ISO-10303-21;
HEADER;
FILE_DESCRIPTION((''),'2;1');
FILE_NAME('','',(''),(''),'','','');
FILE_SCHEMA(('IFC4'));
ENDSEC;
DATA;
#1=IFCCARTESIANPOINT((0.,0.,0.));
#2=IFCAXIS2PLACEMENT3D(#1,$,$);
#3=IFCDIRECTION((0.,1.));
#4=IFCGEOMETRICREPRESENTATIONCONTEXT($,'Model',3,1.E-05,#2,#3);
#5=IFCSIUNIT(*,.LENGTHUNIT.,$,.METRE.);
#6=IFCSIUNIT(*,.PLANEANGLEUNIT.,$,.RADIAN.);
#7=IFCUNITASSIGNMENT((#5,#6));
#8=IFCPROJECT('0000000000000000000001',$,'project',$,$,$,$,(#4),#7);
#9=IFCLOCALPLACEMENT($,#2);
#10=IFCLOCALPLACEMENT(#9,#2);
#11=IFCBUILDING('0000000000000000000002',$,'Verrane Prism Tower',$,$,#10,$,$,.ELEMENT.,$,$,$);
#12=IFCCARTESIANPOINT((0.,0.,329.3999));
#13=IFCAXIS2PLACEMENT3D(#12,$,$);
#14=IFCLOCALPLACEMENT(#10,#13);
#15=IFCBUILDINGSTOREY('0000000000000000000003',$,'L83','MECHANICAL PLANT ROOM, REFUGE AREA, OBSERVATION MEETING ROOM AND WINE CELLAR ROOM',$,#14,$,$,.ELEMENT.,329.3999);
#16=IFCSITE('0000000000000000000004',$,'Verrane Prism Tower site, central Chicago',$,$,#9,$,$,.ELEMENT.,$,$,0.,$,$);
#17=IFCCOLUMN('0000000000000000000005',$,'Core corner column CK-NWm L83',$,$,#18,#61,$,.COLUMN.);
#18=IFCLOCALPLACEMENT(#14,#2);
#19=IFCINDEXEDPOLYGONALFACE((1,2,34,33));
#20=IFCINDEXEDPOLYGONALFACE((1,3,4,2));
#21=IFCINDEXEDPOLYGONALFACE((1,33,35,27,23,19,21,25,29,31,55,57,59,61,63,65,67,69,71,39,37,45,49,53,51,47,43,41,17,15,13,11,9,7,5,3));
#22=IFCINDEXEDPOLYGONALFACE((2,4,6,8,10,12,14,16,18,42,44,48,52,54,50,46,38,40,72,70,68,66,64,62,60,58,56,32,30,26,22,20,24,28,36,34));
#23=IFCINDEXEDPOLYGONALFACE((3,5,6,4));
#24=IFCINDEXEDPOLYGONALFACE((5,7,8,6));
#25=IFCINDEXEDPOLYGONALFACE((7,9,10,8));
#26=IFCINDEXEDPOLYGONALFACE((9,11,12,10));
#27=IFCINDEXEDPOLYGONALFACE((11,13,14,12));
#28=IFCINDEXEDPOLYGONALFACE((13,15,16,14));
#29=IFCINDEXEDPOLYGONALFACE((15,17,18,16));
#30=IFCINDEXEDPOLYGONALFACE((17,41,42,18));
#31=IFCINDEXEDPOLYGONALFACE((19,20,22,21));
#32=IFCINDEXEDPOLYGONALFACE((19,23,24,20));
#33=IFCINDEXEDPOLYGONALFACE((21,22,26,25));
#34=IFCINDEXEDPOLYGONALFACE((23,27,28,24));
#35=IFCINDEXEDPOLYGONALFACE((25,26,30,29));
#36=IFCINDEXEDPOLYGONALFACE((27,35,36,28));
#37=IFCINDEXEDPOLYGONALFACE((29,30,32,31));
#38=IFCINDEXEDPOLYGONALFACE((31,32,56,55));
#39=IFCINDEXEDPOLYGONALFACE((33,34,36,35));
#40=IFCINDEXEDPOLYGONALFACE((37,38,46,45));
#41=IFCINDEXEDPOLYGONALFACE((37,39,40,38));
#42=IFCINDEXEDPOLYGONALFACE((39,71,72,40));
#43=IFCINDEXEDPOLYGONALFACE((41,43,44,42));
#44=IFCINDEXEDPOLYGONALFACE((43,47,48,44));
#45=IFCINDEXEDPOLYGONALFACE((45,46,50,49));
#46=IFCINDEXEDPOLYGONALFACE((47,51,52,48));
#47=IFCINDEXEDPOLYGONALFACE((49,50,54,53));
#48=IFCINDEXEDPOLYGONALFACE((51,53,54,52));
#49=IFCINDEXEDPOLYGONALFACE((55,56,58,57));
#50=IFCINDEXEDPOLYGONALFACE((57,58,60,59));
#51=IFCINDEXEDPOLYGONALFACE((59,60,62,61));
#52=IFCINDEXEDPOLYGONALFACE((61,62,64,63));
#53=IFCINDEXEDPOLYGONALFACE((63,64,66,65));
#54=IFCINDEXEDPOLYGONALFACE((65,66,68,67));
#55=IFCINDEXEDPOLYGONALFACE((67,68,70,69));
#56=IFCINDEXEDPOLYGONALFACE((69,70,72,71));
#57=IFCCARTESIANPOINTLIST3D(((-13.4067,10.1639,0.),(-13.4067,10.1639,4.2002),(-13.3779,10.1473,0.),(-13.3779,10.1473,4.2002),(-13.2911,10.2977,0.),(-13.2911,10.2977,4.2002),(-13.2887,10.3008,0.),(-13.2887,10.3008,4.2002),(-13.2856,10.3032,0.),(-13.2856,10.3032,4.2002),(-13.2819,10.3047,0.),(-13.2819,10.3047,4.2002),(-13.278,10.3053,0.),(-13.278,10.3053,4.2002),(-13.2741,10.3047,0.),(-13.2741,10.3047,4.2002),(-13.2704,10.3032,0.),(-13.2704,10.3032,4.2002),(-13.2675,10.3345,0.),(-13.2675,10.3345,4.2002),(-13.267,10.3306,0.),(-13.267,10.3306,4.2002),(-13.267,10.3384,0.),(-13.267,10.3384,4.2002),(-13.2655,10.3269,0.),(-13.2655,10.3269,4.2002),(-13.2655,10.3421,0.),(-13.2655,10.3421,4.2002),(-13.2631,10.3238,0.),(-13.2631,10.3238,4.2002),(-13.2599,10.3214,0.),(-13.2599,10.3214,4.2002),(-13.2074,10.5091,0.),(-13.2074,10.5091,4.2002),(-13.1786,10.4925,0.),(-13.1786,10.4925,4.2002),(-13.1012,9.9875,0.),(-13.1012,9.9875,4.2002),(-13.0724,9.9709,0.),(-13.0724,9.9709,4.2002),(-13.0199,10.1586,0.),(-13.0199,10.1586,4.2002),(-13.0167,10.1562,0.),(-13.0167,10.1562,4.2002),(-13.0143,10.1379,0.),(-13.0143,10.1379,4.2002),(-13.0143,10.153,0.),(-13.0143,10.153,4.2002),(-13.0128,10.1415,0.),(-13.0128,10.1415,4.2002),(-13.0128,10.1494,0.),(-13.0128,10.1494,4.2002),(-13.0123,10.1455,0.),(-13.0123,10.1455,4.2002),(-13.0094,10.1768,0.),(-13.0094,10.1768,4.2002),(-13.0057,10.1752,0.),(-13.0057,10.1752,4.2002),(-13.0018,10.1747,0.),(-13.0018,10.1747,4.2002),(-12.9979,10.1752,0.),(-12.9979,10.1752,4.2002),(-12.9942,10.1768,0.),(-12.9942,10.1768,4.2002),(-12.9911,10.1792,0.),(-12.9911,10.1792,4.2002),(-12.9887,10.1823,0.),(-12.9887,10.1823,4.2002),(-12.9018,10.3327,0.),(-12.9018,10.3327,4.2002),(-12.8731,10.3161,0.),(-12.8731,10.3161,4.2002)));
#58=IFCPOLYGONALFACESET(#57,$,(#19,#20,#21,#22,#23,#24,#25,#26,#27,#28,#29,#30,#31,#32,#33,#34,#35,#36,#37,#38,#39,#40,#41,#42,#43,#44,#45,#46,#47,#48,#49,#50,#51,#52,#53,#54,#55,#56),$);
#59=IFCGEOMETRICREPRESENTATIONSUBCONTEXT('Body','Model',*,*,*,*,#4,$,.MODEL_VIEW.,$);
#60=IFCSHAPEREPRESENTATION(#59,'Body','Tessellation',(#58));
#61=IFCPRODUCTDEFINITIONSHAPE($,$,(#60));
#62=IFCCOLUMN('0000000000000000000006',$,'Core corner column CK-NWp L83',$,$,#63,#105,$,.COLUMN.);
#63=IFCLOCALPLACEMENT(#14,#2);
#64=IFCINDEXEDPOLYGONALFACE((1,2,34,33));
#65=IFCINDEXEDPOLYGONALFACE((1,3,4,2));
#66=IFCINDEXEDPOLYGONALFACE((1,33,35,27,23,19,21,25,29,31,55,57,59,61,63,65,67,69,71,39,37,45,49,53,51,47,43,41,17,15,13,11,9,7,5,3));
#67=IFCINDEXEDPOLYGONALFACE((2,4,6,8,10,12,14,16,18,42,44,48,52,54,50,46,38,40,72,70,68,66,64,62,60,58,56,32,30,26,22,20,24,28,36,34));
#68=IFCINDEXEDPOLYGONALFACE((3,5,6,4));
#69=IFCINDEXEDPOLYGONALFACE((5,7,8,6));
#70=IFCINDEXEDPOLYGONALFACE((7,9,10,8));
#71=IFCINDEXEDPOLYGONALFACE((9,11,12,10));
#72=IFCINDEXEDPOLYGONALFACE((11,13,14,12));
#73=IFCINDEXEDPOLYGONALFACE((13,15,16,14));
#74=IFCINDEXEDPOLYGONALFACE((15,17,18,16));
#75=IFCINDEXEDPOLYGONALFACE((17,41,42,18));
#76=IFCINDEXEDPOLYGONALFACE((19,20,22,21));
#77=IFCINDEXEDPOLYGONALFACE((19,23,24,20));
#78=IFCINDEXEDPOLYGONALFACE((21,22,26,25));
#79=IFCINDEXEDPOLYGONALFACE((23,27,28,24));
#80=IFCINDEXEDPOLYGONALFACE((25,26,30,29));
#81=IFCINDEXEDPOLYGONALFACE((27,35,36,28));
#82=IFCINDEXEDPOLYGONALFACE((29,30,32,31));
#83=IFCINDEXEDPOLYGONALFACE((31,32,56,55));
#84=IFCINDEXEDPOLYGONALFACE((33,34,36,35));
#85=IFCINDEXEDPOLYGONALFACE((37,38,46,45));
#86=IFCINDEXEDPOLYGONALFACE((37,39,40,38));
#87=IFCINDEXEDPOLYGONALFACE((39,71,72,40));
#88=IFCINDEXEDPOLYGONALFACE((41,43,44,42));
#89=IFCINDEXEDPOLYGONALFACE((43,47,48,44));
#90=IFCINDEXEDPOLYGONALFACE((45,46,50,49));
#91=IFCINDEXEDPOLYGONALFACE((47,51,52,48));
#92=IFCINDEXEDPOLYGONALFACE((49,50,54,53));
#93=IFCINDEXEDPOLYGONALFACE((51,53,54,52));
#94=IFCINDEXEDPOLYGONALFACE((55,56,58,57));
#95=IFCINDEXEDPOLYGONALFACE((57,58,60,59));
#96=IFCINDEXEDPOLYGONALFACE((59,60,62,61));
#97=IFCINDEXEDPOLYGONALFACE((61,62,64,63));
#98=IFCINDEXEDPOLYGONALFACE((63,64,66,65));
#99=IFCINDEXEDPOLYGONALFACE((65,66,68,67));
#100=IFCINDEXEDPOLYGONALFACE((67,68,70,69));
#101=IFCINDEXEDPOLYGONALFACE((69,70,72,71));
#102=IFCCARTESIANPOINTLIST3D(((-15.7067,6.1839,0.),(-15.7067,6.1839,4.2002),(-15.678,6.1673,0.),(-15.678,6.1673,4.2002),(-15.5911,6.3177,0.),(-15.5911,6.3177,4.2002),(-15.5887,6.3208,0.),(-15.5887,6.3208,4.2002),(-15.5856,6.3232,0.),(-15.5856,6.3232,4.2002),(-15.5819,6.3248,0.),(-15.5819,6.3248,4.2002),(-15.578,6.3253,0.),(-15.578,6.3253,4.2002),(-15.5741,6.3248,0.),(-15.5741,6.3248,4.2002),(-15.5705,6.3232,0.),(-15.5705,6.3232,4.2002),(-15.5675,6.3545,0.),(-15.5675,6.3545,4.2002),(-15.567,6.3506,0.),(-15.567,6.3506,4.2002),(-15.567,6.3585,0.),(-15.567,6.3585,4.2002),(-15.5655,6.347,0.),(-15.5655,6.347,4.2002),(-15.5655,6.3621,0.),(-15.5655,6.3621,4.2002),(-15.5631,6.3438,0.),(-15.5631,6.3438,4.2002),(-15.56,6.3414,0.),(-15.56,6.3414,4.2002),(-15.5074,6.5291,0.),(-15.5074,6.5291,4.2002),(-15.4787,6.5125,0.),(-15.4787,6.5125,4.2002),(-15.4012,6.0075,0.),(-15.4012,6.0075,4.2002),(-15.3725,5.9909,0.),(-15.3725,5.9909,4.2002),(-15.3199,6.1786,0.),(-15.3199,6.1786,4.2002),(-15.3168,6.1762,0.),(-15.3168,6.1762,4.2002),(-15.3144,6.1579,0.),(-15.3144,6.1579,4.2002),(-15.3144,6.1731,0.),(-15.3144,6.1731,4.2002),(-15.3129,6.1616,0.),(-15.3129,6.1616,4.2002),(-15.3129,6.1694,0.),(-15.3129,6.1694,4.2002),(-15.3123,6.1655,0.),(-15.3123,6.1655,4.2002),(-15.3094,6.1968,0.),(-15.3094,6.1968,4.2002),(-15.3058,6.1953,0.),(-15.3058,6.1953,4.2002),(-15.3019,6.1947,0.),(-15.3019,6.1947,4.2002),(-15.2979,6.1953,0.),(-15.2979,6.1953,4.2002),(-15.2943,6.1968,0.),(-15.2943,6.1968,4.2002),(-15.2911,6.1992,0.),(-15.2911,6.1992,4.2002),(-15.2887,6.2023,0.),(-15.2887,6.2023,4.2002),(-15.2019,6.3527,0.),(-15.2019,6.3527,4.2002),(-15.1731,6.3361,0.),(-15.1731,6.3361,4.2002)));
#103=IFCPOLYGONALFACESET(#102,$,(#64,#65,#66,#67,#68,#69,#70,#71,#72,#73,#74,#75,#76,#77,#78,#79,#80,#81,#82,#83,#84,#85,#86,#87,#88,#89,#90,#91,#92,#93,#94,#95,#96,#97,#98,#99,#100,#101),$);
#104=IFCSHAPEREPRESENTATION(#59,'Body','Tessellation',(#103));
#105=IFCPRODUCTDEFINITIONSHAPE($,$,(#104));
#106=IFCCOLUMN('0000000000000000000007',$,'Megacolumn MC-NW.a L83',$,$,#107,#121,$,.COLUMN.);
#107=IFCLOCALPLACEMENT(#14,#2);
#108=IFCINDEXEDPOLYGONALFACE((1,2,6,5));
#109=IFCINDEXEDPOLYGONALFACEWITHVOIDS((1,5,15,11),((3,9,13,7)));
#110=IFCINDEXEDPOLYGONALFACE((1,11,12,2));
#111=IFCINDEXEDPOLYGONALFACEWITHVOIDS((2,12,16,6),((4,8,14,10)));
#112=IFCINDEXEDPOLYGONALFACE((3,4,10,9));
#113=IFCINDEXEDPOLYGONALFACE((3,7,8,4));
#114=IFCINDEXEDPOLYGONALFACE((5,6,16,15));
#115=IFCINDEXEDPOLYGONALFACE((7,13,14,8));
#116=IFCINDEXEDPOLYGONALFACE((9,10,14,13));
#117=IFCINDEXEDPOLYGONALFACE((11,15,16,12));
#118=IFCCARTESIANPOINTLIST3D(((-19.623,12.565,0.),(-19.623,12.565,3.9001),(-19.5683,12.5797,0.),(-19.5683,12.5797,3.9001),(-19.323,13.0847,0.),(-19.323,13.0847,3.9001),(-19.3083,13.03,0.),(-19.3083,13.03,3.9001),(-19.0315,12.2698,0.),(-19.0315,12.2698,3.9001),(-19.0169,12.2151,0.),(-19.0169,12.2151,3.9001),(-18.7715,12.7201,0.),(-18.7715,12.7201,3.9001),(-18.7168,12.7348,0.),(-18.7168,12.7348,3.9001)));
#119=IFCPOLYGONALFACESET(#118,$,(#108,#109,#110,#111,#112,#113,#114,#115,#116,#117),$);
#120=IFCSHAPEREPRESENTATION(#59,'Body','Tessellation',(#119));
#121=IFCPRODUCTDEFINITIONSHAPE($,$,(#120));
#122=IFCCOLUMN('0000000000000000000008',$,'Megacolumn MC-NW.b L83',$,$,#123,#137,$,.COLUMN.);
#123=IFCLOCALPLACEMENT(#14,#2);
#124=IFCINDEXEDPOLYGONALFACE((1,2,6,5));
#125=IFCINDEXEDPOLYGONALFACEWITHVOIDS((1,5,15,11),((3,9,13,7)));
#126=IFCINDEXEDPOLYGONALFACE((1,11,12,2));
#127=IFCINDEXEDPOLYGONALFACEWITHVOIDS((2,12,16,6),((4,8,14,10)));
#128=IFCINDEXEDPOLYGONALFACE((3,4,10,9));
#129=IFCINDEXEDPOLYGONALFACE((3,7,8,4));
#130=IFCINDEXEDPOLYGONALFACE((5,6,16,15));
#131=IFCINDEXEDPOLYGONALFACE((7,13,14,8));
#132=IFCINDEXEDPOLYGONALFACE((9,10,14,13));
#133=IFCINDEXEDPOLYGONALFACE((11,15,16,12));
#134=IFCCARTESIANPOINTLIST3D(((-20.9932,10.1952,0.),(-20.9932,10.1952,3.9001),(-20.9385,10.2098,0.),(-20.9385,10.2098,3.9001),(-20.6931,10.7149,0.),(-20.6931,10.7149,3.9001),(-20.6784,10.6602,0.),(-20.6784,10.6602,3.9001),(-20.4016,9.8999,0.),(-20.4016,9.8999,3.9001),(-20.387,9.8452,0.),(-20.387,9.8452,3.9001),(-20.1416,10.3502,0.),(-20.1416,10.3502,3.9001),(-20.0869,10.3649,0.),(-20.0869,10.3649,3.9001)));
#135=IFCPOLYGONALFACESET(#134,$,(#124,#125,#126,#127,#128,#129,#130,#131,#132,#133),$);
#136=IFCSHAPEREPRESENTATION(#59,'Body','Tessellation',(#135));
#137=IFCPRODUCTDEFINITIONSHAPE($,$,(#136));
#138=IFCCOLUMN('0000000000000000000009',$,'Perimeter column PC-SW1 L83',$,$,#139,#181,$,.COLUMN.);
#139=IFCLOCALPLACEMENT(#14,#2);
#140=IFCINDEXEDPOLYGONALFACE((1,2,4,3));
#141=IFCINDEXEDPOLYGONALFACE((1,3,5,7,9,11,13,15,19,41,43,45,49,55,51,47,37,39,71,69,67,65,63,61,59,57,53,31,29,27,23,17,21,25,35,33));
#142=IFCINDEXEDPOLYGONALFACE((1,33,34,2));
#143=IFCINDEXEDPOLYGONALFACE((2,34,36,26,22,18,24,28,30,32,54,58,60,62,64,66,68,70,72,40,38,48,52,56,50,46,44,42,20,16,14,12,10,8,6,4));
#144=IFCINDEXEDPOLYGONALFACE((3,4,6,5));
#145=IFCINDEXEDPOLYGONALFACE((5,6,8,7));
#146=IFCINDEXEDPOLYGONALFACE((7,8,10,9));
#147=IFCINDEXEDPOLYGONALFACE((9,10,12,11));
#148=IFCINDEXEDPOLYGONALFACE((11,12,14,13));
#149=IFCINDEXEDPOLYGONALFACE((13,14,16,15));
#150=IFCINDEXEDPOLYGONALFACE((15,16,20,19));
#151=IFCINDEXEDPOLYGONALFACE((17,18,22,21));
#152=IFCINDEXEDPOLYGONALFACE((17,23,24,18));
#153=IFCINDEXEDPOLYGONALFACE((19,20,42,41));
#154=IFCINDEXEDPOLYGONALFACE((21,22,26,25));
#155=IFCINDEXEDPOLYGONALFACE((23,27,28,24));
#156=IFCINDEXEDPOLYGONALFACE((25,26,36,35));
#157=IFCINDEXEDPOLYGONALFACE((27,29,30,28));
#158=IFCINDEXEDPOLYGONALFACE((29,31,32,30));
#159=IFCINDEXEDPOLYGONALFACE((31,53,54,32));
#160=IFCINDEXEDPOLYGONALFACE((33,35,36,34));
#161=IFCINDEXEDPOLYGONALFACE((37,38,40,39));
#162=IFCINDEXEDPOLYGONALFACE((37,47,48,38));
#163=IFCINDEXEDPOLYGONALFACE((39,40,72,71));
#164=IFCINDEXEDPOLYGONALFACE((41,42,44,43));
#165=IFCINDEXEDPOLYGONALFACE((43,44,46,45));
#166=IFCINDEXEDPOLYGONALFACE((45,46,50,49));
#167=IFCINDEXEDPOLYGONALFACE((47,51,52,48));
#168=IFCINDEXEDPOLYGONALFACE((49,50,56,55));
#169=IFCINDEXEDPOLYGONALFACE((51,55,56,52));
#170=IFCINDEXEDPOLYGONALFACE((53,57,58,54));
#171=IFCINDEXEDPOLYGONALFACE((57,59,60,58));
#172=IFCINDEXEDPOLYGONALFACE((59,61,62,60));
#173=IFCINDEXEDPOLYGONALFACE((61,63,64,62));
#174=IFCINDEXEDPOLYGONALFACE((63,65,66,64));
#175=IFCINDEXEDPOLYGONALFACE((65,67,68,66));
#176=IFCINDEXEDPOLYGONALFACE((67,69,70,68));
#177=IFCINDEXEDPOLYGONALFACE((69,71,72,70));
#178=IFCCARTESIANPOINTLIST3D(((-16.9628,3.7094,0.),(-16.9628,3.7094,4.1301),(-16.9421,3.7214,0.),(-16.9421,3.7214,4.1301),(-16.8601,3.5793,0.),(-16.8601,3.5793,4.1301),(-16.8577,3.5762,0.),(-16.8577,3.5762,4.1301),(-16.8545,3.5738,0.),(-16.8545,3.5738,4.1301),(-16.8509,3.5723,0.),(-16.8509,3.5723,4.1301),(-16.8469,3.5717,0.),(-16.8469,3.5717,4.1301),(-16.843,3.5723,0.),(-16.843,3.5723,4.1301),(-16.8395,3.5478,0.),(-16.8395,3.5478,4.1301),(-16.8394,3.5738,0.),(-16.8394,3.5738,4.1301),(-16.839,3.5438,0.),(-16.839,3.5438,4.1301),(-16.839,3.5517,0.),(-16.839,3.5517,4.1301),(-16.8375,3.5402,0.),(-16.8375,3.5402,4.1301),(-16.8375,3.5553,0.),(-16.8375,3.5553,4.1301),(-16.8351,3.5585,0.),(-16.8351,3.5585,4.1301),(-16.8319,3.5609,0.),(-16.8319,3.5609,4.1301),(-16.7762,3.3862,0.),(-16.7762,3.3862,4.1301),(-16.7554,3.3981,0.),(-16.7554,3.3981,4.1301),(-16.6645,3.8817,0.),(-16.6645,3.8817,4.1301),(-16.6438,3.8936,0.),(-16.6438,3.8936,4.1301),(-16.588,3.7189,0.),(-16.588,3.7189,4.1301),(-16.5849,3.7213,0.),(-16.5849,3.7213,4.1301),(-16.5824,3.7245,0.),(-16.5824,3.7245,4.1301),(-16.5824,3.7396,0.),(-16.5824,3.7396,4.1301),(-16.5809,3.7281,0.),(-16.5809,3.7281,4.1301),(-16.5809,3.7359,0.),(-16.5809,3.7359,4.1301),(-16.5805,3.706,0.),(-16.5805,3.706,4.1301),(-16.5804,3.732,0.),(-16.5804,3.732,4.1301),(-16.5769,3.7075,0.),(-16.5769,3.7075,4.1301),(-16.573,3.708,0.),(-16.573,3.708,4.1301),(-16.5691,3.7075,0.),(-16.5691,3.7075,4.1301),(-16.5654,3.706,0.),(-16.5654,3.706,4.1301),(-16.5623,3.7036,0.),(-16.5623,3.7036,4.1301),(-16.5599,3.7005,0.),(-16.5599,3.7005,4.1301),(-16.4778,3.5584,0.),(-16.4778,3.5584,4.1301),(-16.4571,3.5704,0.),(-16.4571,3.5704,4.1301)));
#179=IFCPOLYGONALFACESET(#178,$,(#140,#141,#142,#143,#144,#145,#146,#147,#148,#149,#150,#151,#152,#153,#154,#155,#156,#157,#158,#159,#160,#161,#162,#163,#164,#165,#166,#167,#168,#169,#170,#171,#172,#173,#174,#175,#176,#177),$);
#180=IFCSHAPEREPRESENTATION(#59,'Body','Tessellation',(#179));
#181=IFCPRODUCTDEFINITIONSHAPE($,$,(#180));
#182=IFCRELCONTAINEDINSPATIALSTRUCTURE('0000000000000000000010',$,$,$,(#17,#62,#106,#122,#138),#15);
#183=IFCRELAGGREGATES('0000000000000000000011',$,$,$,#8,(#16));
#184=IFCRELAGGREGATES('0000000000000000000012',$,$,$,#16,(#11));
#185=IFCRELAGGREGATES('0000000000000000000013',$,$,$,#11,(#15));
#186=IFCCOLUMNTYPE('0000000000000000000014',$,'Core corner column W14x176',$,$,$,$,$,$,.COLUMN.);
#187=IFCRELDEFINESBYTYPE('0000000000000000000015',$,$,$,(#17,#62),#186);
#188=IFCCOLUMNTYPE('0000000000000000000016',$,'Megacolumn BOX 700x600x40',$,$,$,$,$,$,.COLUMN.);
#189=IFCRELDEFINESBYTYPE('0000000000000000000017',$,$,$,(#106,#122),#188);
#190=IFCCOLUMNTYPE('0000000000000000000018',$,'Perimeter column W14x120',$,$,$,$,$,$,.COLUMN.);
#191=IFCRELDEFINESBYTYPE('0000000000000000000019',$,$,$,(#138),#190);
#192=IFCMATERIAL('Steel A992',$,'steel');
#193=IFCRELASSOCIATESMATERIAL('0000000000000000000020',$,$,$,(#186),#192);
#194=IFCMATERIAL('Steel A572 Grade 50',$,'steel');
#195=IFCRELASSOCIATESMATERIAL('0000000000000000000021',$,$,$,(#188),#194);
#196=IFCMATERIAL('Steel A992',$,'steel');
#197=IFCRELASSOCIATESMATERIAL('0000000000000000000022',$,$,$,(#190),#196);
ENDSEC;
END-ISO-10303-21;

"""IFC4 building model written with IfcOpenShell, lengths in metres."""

from ifc_helpers import new_model, si_unit, direction, frame, origin, origin_2d, place, context, subcontext, project, spatial, hollow_rectangle, i_section, extrude, material, material_profile, profile_set, type_object, element, save


model = new_model("IFC4")

# Units and contexts
model_context = context("Model", 3, precision=1e-05, world=origin(), true_north=direction((0.0, 1.0)))
body_context = subcontext(model_context, "Body", "Model", "MODEL_VIEW")
ifc_project = project(units=[si_unit("LENGTHUNIT", "METRE"), si_unit("PLANEANGLEUNIT", "RADIAN")], contexts=[model_context])

# Site, building, storey
site_placement = place(None, origin())
site = spatial("IfcSite", under=ifc_project, at=site_placement, Name="Verrane Prism Tower site, central Chicago", CompositionType="ELEMENT", RefElevation=0.0)
building_placement = place(site_placement, origin())
building = spatial("IfcBuilding", under=site, at=building_placement, Name="Verrane Prism Tower", CompositionType="ELEMENT")
storey_placement = place(building_placement, frame((0.0, 0.0, 329.3999)))
storey = spatial("IfcBuildingStorey", under=building, at=storey_placement, Name="L83", Description="MECHANICAL PLANT ROOM, REFUGE AREA, OBSERVATION MEETING ROOM AND WINE CELLAR ROOM", CompositionType="ELEMENT", Elevation=329.3999)

# Columns
ifc_material_1 = material(Name="Steel A992", Category="steel")
ifc_material_profile_1 = material_profile(ifc_material_1, i_section(OverallWidth=0.3987, OverallDepth=0.386, WebThickness=0.021, FlangeThickness=0.0332, FilletRadius=0.0151, at=origin_2d()), Name="W14x176")
ifc_profile_set_1 = profile_set([ifc_material_profile_1], Name="Steel A992")
column_type_1 = type_object("IfcColumnType", Name="Core corner column W14x176", PredefinedType="COLUMN", material=ifc_profile_set_1)
for number, where, z_axis, x_axis, name in (
    (1, (-13.1399, 10.24, 0.0), (0.0, 0.0, 1.0), (0.5, 0.866025, 0.0), "Core corner column CK-NWm L83"),
    (2, (-15.4399, 6.26, 0.0), (0.0, 0.0, 1.0), (0.5, 0.866025, 0.0), "Core corner column CK-NWp L83"),
):
    element("IfcColumn", number, at=place(storey_placement, frame(where, z_axis=z_axis, x_axis=x_axis)), inside=storey, type_object=column_type_1, Name=name, PredefinedType="COLUMN", context=body_context, shape_type="SweptSolid", body=[
        extrude(i_section(OverallWidth=0.3987, OverallDepth=0.386, WebThickness=0.021, FlangeThickness=0.0332, FilletRadius=0.0151, at=origin_2d()), origin(), (0.0, 0.0, 1.0), 4.2002),
    ])
ifc_material_2 = material(Name="Steel A572 Grade 50", Category="steel")
ifc_material_profile_2 = material_profile(ifc_material_2, hollow_rectangle(XDim=0.6001, YDim=0.7, WallThickness=0.04, at=origin_2d()), Name="BOX 700x600x40")
ifc_profile_set_2 = profile_set([ifc_material_profile_2], Name="Steel A572 Grade 50")
column_type_2 = type_object("IfcColumnType", Name="Megacolumn BOX 700x600x40", PredefinedType="COLUMN", material=ifc_profile_set_2)
for number, where, z_axis, x_axis, name in (
    (3, (-19.1699, 12.6499, 0.0), (0.0, 0.0, 1.0), (0.5, 0.866025, 0.0), "Megacolumn MC-NW.a L83"),
    (4, (-20.54, 10.28, 0.0), (0.0, 0.0, 1.0), (0.5, 0.866025, 0.0), "Megacolumn MC-NW.b L83"),
):
    element("IfcColumn", number, at=place(storey_placement, frame(where, z_axis=z_axis, x_axis=x_axis)), inside=storey, type_object=column_type_2, Name=name, PredefinedType="COLUMN", context=body_context, shape_type="SweptSolid", body=[
        extrude(hollow_rectangle(XDim=0.6001, YDim=0.7, WallThickness=0.04, at=origin_2d()), origin(), (0.0, 0.0, 1.0), 3.9001),
    ])
ifc_material_3 = material(Name="Steel A992", Category="steel")
ifc_material_profile_3 = material_profile(ifc_material_3, i_section(OverallWidth=0.3733, OverallDepth=0.3684, WebThickness=0.0149, FlangeThickness=0.0239, FilletRadius=0.0151, at=origin_2d()), Name="W14x120")
ifc_profile_set_3 = profile_set([ifc_material_profile_3], Name="Steel A992")
column_type_3 = type_object("IfcColumnType", Name="Perimeter column W14x120", PredefinedType="COLUMN", material=ifc_profile_set_3)
column_placement = place(storey_placement, frame((-16.71, 3.6399, 0.0), z_axis=(0.0, 0.0, 1.0), x_axis=(-0.5, 0.866025, 0.0)))
element("IfcColumn", 5, at=column_placement, inside=storey, type_object=column_type_3, Name="Perimeter column PC-SW1 L83", PredefinedType="COLUMN", context=body_context, shape_type="SweptSolid", body=[
    extrude(i_section(OverallWidth=0.3733, OverallDepth=0.3684, WebThickness=0.0149, FlangeThickness=0.0239, FilletRadius=0.0151, at=origin_2d()), origin(), (0.0, 0.0, 1.0), 4.1301),
])

save(model, "model.ifc")
